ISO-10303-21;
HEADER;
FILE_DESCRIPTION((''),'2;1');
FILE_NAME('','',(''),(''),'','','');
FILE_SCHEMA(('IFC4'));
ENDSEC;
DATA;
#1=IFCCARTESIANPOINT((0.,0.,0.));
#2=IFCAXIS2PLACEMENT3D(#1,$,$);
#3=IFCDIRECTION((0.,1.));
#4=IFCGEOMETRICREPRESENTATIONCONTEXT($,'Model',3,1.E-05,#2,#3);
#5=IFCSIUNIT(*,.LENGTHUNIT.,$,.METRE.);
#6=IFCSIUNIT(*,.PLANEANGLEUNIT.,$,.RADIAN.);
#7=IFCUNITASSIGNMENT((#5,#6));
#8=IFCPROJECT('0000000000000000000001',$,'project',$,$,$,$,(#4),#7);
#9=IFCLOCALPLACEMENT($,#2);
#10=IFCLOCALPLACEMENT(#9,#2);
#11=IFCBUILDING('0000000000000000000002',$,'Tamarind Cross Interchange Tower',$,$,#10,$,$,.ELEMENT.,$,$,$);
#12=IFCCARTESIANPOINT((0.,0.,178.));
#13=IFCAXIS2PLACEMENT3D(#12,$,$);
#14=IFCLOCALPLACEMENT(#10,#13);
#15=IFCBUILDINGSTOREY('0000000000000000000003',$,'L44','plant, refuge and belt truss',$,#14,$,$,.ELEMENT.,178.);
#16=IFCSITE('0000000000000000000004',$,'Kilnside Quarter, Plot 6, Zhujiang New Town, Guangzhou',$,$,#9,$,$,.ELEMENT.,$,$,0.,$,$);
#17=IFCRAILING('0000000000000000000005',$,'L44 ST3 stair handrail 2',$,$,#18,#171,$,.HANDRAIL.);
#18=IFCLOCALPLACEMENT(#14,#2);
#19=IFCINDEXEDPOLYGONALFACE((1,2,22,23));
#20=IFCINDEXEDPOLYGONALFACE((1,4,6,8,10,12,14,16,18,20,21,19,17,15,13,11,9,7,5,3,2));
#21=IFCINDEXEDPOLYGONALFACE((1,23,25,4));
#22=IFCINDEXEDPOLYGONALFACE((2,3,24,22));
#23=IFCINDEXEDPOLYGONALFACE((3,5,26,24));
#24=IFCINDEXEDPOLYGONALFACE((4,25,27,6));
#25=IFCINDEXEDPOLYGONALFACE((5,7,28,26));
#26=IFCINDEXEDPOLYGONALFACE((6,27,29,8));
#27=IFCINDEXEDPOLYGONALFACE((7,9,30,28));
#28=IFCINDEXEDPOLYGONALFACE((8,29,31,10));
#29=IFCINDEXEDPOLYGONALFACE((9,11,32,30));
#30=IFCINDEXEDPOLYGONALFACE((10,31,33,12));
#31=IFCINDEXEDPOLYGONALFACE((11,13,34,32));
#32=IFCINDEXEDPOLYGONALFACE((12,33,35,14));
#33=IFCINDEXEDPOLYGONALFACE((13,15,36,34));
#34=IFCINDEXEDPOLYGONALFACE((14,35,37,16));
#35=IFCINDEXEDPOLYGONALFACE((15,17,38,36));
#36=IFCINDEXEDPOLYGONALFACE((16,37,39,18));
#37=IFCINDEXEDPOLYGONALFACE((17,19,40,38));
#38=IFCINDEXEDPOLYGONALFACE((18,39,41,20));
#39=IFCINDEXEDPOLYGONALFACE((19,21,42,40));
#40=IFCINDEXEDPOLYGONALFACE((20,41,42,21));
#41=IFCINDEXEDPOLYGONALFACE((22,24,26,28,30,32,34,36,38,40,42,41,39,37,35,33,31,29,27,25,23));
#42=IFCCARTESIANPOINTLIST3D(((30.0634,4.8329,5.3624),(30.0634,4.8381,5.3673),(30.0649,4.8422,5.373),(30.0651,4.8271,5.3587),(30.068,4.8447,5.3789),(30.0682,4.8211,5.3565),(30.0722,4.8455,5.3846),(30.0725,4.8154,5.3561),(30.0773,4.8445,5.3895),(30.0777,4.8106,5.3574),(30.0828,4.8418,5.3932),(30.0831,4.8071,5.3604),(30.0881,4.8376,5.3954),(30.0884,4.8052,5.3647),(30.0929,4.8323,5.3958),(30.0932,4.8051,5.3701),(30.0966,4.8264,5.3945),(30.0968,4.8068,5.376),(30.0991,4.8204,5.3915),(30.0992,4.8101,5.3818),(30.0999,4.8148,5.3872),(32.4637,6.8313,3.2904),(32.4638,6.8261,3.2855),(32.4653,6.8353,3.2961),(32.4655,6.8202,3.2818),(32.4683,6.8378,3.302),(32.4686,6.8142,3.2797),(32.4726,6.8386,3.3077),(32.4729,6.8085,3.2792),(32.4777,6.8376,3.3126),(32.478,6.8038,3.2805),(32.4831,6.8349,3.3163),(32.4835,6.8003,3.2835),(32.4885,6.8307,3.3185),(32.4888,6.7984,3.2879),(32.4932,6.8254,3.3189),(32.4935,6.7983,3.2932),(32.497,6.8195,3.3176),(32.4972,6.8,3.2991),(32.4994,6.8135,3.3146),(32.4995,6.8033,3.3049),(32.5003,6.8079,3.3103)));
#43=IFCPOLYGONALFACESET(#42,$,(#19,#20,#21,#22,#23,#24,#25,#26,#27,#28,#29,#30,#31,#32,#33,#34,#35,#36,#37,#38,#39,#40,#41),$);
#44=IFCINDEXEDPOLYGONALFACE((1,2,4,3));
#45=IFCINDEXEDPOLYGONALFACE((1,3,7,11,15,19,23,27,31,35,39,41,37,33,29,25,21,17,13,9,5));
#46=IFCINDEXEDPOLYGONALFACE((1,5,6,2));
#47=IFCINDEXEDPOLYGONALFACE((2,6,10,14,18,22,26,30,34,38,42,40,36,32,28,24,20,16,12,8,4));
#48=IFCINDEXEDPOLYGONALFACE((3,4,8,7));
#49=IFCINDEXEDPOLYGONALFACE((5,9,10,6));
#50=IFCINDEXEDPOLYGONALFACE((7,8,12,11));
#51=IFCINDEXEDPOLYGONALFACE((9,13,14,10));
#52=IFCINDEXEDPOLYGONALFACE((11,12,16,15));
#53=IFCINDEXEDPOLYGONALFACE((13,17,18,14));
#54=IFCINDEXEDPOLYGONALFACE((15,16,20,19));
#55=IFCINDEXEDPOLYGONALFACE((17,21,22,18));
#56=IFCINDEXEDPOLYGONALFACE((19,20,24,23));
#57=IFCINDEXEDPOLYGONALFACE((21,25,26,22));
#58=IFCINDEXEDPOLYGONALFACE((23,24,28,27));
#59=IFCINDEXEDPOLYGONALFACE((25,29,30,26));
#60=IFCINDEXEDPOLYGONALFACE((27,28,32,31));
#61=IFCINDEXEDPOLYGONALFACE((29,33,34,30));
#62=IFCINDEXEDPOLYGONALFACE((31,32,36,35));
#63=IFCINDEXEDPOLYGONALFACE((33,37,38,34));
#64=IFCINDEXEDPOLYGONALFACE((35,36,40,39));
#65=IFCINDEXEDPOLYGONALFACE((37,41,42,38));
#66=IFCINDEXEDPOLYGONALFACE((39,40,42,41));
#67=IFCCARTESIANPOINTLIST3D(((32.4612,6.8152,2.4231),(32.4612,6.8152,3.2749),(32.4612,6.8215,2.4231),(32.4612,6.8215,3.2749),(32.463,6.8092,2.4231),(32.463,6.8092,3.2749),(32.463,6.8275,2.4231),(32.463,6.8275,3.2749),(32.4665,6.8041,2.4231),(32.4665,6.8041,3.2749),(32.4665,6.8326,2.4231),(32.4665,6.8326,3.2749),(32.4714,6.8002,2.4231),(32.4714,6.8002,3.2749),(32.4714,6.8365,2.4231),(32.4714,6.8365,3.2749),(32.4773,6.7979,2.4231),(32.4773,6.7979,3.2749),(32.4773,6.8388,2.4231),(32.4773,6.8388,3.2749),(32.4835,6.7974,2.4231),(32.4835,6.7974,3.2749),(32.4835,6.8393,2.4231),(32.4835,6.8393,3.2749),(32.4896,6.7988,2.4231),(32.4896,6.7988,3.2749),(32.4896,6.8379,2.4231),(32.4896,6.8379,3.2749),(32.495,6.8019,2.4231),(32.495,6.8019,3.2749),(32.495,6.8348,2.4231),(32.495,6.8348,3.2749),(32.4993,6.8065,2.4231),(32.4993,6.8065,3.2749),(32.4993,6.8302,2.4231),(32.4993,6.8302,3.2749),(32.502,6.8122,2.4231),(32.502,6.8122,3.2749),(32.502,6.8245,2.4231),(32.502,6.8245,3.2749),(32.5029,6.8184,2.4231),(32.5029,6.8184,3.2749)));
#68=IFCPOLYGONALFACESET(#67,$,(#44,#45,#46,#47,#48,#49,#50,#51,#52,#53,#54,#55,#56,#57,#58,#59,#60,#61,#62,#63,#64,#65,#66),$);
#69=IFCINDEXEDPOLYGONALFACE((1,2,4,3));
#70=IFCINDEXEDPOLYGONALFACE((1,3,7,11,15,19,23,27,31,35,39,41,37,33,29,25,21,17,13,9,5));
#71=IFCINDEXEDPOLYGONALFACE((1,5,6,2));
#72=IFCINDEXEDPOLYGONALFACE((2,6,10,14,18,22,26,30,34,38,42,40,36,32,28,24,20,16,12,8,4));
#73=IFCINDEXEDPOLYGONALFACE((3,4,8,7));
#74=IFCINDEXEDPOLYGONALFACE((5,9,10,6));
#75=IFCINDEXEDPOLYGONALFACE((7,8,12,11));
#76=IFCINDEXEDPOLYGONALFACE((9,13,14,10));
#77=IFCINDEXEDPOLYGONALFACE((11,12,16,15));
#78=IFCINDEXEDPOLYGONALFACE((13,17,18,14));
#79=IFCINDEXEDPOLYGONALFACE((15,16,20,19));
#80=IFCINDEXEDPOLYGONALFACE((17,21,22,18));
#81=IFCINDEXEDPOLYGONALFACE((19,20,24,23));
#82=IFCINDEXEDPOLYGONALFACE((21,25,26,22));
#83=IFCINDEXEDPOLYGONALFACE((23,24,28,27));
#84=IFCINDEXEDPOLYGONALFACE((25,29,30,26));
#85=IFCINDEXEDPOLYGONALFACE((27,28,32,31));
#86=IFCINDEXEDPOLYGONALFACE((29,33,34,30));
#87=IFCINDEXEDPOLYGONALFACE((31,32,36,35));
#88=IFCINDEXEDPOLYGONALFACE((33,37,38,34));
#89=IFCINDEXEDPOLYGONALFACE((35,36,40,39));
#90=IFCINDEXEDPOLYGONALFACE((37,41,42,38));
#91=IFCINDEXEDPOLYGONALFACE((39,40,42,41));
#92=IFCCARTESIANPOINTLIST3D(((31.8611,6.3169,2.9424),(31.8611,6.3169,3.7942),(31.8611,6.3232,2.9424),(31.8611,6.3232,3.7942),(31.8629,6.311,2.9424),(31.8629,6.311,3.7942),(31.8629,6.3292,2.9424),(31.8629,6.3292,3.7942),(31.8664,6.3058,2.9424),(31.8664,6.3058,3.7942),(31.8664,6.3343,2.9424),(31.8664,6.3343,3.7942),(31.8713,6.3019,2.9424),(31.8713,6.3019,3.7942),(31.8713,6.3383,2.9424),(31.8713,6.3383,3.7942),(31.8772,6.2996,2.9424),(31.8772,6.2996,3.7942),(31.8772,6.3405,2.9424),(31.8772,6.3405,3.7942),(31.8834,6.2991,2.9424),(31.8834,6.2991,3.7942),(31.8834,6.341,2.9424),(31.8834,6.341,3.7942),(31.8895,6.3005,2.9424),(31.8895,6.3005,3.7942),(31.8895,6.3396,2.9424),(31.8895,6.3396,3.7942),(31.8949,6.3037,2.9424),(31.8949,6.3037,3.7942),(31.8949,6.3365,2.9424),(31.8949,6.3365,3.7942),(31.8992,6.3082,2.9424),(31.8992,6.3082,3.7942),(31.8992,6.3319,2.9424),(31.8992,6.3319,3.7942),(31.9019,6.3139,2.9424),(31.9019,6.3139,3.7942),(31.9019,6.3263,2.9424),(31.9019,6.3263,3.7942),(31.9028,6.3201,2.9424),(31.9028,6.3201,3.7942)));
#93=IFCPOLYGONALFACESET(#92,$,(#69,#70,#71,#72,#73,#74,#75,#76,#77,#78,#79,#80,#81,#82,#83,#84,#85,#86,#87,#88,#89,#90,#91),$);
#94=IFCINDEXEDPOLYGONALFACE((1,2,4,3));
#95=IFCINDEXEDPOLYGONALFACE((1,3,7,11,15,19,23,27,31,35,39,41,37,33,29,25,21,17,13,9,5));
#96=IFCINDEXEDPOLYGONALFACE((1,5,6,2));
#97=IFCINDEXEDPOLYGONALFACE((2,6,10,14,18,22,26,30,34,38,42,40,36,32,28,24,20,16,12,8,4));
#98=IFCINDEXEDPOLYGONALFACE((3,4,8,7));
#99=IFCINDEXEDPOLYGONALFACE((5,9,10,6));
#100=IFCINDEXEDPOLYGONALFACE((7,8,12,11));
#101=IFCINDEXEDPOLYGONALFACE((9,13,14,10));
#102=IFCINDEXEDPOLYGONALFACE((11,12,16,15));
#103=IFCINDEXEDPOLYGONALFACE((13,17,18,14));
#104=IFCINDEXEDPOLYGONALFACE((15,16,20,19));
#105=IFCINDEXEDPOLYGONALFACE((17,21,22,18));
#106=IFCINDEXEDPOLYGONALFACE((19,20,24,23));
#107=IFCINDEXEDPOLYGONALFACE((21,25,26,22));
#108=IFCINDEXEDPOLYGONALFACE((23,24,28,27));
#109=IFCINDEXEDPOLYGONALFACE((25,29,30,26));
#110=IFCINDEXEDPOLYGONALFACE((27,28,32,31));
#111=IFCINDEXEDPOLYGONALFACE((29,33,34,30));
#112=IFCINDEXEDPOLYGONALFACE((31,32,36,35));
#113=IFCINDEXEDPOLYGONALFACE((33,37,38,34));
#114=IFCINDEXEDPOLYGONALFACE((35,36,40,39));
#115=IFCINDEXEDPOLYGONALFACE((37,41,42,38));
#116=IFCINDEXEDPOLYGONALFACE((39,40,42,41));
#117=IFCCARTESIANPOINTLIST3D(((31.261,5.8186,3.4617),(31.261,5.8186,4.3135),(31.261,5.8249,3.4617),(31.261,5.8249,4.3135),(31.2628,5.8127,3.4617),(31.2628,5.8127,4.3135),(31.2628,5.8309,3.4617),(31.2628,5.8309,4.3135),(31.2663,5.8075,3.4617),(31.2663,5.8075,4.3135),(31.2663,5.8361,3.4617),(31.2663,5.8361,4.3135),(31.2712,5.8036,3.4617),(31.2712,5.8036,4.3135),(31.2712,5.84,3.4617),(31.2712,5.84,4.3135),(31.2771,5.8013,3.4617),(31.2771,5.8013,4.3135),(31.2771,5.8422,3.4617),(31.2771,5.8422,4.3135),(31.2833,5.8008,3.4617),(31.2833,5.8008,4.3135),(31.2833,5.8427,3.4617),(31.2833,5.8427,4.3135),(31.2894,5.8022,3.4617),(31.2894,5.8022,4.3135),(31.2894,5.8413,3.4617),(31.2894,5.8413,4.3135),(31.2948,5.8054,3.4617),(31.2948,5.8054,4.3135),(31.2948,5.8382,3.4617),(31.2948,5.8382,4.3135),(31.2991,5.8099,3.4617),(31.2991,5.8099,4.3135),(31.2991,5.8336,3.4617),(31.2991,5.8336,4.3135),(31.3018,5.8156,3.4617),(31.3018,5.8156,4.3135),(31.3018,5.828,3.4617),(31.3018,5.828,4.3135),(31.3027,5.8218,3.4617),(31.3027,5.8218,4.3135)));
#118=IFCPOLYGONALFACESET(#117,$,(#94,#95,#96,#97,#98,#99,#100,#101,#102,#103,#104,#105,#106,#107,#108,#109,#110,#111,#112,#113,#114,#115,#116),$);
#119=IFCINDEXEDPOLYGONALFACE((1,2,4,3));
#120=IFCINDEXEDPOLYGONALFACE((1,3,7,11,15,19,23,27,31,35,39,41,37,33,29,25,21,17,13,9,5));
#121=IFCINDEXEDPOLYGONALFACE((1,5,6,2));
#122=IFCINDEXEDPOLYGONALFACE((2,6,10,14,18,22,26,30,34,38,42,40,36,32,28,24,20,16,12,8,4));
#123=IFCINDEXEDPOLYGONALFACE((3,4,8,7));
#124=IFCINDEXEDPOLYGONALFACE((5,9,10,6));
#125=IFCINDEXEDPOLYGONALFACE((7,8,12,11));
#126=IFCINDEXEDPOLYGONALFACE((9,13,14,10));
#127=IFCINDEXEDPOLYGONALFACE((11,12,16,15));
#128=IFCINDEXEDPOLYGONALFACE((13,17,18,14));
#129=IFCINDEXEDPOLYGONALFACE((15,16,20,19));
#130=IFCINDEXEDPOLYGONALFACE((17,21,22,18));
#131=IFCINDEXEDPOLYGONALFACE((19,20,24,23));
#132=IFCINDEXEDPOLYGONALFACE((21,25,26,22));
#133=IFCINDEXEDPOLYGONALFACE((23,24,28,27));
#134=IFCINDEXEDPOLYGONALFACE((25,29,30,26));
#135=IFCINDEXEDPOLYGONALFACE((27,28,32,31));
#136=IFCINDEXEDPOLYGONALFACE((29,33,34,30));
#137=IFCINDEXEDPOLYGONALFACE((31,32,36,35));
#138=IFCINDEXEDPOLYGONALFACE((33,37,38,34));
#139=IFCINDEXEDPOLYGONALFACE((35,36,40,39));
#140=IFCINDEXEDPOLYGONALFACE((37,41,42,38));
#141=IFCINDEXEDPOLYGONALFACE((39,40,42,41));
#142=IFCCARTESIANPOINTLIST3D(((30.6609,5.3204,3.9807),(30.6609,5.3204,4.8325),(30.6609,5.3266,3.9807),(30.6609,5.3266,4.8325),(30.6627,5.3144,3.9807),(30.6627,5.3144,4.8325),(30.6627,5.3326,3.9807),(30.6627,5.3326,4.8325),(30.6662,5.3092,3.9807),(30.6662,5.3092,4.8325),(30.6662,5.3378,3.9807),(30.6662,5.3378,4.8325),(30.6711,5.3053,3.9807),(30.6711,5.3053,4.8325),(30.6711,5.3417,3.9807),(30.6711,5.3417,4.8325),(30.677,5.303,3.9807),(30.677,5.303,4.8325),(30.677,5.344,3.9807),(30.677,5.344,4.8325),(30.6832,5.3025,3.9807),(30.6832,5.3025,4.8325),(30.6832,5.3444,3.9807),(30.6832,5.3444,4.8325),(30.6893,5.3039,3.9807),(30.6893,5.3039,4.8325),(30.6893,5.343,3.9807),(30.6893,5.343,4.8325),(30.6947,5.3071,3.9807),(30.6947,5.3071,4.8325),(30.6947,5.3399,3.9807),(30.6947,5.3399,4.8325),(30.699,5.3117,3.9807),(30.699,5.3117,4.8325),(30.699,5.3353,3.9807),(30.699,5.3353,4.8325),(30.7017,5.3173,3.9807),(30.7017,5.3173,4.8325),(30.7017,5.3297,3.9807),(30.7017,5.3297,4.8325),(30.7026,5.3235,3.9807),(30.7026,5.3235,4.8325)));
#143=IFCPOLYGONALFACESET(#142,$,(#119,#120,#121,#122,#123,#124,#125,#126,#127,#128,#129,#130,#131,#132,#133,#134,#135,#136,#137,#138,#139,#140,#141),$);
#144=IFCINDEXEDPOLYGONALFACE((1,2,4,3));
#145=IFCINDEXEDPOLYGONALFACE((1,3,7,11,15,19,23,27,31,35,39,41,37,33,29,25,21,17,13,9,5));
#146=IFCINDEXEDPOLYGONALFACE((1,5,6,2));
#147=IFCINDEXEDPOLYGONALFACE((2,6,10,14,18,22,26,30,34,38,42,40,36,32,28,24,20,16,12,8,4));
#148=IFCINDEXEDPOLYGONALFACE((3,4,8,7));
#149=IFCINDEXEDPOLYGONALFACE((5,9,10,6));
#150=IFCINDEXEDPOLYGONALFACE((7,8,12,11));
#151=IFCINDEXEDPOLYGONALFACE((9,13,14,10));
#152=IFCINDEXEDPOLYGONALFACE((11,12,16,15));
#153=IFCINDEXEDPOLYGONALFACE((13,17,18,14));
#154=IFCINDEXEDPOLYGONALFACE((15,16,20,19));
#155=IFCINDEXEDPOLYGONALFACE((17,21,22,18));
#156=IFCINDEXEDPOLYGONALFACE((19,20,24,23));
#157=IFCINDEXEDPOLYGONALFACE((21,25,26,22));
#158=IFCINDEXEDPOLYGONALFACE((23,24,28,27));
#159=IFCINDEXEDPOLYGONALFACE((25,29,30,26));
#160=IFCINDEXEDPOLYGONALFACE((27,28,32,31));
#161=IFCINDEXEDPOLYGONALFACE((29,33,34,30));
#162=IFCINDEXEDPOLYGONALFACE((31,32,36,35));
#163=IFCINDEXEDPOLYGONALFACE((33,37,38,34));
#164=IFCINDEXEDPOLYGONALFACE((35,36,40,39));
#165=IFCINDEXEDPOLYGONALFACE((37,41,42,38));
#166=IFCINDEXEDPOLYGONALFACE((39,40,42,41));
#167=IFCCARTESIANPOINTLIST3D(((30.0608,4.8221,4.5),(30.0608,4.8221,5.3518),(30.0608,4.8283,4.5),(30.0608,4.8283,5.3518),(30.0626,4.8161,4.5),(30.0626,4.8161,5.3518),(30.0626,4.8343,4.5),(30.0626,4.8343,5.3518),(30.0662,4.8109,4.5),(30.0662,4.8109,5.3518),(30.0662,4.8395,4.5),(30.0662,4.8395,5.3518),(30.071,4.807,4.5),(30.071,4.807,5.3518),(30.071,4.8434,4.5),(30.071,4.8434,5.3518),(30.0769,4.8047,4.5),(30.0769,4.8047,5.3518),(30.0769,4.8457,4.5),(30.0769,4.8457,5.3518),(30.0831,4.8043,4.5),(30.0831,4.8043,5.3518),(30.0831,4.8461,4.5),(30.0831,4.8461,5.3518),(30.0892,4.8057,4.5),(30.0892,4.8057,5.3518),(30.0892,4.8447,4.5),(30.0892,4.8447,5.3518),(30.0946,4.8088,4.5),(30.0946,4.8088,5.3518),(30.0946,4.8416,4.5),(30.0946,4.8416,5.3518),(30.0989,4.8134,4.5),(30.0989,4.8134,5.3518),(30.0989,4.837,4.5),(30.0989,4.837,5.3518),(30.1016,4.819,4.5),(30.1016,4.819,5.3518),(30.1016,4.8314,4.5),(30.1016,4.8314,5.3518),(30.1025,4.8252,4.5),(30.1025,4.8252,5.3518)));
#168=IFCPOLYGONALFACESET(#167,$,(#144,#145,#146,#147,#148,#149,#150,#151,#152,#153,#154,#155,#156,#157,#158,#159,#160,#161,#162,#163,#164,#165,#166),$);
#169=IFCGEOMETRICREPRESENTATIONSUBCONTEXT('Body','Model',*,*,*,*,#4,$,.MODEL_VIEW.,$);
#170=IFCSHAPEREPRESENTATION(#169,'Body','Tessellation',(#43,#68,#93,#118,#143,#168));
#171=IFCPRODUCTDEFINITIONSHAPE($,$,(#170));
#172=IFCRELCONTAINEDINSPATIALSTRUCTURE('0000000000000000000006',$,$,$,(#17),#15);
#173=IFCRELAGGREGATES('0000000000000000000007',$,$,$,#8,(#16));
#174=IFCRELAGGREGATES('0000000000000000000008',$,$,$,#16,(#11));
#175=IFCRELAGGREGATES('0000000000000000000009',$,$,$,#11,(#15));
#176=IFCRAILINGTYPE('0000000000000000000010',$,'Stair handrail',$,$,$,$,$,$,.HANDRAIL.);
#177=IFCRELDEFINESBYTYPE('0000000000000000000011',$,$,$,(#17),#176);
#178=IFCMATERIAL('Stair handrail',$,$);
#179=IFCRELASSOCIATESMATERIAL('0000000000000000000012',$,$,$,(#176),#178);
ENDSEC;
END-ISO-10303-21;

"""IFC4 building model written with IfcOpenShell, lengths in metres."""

from ifc_helpers import new_model, si_unit, direction, frame, origin, origin_2d, place, context, subcontext, project, spatial, circle, extrude, material, type_object, element, save


model = new_model("IFC4")

# Units and contexts
model_context = context("Model", 3, precision=1e-05, world=origin(), true_north=direction((0.0, 1.0)))
body_context = subcontext(model_context, "Body", "Model", "MODEL_VIEW")
ifc_project = project(units=[si_unit("LENGTHUNIT", "METRE"), si_unit("PLANEANGLEUNIT", "RADIAN")], contexts=[model_context])

# Site, building, storey
site_placement = place(None, origin())
site = spatial("IfcSite", under=ifc_project, at=site_placement, Name="Kilnside Quarter, Plot 6, Zhujiang New Town, Guangzhou", CompositionType="ELEMENT", RefElevation=0.0)
building_placement = place(site_placement, origin())
building = spatial("IfcBuilding", under=site, at=building_placement, Name="Tamarind Cross Interchange Tower", CompositionType="ELEMENT")
storey_placement = place(building_placement, frame((0.0, 0.0, 178.0)))
storey = spatial("IfcBuildingStorey", under=building, at=storey_placement, Name="L44", Description="plant, refuge and belt truss", CompositionType="ELEMENT", Elevation=178.0)

# Railing
ifc_material_1 = material(Name="Stair handrail")
railing_type_1 = type_object("IfcRailingType", Name="Stair handrail", PredefinedType="HANDRAIL", material=ifc_material_1)
railing_1_placement = place(storey_placement, frame((32.4819, 6.8184, 2.4231)))
element("IfcRailing", 1, at=railing_1_placement, inside=storey, type_object=railing_type_1, Name="L44 ST3 stair handrail 2", PredefinedType="HANDRAIL", context=body_context, shape_type="SweptSolid", body=[
    extrude(circle(Radius=0.0239, at=origin_2d()), frame((0.0, 0.0, 0.876), z_axis=(-0.640432, -0.531783, 0.554125), x_axis=(0.638829, -0.769349, 0.0)), (0.0, 0.0, 1.0), 3.748),
    extrude(circle(Radius=0.021, at=origin_2d()), origin(), (0.0, 0.0, 1.0), 0.8518),
    extrude(circle(Radius=0.021, at=origin_2d()), frame((-0.6001, -0.4983, 0.5193)), (0.0, 0.0, 1.0), 0.8518),
    extrude(circle(Radius=0.021, at=origin_2d()), frame((-1.2002, -0.9966, 1.0386)), (0.0, 0.0, 1.0), 0.8518),
    extrude(circle(Radius=0.021, at=origin_2d()), frame((-1.8003, -1.4949, 1.5576)), (0.0, 0.0, 1.0), 0.8518),
    extrude(circle(Radius=0.021, at=origin_2d()), frame((-2.4004, -1.9932, 2.0769)), (0.0, 0.0, 1.0), 0.8518),
])

save(model, "model.ifc")
